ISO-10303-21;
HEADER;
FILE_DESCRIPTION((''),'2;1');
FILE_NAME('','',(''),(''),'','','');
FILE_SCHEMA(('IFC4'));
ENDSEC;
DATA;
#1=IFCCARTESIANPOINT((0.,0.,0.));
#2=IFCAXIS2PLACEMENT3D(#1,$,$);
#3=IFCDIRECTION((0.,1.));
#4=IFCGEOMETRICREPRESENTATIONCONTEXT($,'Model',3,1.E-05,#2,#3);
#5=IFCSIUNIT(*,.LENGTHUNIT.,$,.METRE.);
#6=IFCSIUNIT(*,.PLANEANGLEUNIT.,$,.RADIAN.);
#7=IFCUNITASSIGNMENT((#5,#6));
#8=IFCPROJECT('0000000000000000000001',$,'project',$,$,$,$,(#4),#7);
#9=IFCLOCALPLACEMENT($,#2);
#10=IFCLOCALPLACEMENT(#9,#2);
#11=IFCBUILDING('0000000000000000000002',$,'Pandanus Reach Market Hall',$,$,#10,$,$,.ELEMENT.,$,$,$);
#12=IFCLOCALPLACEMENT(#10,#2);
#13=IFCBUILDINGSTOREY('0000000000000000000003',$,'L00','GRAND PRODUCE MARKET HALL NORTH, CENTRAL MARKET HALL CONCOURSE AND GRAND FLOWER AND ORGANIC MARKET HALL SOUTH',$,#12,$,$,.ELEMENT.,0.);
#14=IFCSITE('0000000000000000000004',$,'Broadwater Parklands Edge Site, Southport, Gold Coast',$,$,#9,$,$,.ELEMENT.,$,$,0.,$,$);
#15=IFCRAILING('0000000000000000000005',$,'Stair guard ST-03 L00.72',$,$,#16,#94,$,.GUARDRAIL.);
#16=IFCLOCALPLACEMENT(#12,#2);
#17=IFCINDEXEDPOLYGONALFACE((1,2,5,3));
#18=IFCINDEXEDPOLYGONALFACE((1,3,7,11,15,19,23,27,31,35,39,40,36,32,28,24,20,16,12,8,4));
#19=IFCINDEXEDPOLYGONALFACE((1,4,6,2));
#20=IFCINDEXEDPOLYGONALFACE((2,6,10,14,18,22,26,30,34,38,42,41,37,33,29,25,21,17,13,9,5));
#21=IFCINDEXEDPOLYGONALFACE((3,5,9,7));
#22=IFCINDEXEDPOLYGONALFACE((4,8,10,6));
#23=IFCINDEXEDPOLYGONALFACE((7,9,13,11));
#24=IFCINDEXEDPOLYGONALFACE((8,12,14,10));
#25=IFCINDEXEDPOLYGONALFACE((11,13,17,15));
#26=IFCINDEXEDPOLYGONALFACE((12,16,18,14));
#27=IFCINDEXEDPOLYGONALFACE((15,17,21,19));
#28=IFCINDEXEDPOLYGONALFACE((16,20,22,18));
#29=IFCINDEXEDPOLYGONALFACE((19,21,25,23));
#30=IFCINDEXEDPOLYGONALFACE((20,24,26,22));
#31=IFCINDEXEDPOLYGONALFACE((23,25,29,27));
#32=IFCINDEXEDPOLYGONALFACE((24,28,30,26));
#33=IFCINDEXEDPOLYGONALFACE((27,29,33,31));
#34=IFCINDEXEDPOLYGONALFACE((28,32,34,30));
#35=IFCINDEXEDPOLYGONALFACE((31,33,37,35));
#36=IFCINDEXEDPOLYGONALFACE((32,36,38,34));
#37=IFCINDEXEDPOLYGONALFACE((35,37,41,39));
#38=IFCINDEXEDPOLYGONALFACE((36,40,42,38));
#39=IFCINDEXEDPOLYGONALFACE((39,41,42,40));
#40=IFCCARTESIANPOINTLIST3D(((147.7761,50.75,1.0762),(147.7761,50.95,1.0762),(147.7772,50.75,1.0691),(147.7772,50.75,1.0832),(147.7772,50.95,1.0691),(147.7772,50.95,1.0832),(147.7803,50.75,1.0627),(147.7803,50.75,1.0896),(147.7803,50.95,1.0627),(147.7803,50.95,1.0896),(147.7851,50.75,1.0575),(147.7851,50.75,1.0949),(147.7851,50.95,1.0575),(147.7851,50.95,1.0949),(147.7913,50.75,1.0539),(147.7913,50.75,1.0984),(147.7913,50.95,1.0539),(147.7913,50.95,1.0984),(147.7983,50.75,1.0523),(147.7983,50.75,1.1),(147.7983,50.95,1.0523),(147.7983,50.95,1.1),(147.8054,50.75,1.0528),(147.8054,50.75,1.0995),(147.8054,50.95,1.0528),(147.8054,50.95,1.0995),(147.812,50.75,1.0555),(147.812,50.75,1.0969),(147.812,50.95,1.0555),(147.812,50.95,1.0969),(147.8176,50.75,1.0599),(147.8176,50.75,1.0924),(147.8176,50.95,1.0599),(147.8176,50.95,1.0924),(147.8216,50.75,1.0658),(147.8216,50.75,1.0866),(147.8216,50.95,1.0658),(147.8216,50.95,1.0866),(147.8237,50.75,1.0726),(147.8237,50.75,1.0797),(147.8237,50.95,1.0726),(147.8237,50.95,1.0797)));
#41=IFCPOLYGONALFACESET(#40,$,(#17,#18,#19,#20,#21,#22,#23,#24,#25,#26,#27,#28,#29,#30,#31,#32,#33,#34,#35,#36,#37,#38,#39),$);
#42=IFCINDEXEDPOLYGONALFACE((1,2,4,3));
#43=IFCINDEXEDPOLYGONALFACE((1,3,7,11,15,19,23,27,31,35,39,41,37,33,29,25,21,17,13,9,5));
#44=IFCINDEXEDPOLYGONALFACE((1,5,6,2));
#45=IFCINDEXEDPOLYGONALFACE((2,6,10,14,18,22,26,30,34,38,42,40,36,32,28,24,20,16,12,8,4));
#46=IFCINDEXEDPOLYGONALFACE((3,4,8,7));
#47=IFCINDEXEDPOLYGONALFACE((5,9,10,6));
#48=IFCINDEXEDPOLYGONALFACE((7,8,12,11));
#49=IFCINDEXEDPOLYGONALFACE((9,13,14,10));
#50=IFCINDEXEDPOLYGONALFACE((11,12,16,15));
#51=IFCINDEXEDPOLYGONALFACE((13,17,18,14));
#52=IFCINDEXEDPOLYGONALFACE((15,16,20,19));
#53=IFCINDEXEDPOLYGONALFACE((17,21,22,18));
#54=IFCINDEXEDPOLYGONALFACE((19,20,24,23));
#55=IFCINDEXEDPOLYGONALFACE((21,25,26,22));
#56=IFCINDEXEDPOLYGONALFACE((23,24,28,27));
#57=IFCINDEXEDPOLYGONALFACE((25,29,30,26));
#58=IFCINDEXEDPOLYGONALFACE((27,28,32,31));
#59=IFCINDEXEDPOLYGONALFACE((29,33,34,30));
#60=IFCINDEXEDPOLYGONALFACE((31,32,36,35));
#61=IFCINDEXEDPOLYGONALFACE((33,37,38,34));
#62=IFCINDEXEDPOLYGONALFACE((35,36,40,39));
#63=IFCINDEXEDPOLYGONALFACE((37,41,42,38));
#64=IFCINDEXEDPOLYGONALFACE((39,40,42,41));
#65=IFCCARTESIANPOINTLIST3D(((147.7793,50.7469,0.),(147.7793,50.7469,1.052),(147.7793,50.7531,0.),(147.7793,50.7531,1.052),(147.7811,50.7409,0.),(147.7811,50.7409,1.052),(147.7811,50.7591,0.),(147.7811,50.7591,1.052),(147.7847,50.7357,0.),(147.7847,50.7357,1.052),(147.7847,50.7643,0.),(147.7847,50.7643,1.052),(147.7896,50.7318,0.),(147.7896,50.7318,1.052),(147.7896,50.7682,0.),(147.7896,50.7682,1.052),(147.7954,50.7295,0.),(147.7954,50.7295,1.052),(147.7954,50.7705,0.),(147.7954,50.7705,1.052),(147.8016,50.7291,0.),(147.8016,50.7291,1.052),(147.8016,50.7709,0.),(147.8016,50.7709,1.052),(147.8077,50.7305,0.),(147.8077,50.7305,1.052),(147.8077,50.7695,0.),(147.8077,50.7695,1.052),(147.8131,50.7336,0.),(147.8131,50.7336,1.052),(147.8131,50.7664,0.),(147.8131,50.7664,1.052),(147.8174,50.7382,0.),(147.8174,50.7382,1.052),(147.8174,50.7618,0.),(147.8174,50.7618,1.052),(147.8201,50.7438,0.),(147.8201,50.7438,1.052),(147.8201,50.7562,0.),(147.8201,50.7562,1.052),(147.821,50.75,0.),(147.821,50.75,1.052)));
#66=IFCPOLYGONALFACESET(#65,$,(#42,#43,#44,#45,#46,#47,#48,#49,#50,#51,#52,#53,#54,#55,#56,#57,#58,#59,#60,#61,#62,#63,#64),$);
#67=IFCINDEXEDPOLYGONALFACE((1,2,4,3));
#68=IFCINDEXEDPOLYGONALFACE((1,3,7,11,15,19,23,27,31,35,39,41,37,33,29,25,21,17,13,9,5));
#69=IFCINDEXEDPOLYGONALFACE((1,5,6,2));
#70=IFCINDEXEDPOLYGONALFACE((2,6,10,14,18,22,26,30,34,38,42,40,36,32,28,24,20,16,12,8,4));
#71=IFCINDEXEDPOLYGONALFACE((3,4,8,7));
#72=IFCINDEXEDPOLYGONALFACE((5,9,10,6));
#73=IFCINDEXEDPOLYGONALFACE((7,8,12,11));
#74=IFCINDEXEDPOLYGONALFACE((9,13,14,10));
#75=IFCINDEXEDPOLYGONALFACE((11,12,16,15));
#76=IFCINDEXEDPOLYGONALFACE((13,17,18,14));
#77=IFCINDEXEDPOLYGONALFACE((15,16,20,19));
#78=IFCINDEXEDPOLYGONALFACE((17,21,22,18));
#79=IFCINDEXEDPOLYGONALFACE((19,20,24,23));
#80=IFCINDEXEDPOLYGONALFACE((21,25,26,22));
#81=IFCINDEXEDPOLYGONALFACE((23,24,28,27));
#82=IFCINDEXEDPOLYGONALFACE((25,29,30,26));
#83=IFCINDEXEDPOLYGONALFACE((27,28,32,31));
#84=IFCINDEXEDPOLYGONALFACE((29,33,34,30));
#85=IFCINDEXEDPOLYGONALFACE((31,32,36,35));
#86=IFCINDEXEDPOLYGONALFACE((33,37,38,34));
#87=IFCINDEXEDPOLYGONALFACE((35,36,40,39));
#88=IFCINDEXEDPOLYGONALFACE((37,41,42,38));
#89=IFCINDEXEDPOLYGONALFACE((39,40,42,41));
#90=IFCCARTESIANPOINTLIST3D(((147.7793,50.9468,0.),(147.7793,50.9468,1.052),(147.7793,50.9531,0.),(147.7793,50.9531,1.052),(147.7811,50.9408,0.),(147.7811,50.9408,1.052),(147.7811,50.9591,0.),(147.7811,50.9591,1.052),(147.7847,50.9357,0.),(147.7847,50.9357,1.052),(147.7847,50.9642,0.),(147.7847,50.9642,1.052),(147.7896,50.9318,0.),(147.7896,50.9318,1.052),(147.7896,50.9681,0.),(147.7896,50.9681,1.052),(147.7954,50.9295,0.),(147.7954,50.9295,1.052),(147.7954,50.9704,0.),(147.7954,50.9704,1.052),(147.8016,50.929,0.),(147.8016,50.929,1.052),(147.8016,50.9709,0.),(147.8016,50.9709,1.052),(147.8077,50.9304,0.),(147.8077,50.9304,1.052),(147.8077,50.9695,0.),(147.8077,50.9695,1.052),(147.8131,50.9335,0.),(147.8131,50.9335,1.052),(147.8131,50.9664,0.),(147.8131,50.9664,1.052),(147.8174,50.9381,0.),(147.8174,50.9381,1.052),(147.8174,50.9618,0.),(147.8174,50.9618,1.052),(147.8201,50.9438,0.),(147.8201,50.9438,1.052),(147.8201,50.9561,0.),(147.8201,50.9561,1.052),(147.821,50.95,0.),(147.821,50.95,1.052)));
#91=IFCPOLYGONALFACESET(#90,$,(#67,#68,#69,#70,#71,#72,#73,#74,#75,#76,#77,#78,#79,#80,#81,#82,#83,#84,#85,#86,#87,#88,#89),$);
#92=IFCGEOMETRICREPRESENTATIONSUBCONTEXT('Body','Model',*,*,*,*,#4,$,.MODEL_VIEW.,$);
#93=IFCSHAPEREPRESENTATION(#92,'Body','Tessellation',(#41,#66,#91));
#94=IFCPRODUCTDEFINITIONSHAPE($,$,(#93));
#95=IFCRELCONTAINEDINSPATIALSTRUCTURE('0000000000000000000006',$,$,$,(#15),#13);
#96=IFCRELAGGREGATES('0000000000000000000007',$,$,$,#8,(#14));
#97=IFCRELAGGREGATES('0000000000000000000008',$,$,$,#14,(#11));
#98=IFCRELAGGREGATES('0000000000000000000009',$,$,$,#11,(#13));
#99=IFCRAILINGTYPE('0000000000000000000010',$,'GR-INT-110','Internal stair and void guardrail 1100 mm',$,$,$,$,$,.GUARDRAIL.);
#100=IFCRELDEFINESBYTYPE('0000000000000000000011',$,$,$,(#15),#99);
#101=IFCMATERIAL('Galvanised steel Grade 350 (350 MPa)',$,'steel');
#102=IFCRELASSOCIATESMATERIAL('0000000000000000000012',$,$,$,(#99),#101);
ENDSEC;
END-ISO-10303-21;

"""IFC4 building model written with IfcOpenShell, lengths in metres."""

from ifc_helpers import new_model, si_unit, direction, frame, origin, origin_2d, place, context, subcontext, project, spatial, circle, extrude, material, type_object, element, save


model = new_model("IFC4")

# Units and contexts
model_context = context("Model", 3, precision=1e-05, world=origin(), true_north=direction((0.0, 1.0)))
body_context = subcontext(model_context, "Body", "Model", "MODEL_VIEW")
ifc_project = project(units=[si_unit("LENGTHUNIT", "METRE"), si_unit("PLANEANGLEUNIT", "RADIAN")], contexts=[model_context])

# Site, building, storey
site_placement = place(None, origin())
site = spatial("IfcSite", under=ifc_project, at=site_placement, Name="Broadwater Parklands Edge Site, Southport, Gold Coast", CompositionType="ELEMENT", RefElevation=0.0)
building_placement = place(site_placement, origin())
building = spatial("IfcBuilding", under=site, at=building_placement, Name="Pandanus Reach Market Hall", CompositionType="ELEMENT")
storey_placement = place(building_placement, origin())
storey = spatial("IfcBuildingStorey", under=building, at=storey_placement, Name="L00", Description="GRAND PRODUCE MARKET HALL NORTH, CENTRAL MARKET HALL CONCOURSE AND GRAND FLOWER AND ORGANIC MARKET HALL SOUTH", CompositionType="ELEMENT", Elevation=0.0)

# Railing
ifc_material_1 = material(Name="Galvanised steel Grade 350 (350 MPa)", Category="steel")
railing_type_1 = type_object("IfcRailingType", Name="GR-INT-110", Description="Internal stair and void guardrail 1100 mm", PredefinedType="GUARDRAIL", material=ifc_material_1)
railing_1_placement = place(storey_placement, frame((147.8, 50.75, 0.0)))
element("IfcRailing", 1, at=railing_1_placement, inside=storey, type_object=railing_type_1, Name="Stair guard ST-03 L00.72", PredefinedType="GUARDRAIL", context=body_context, shape_type="SweptSolid", body=[
    extrude(circle(Radius=0.0239, at=origin_2d()), frame((0.0, 0.0, 1.0762), z_axis=(0.0, 1.0, 0.0), x_axis=(-1.0, 0.0, 0.0)), (0.0, 0.0, 1.0), 0.2),
    extrude(circle(Radius=0.021, at=origin_2d()), origin(), (0.0, 0.0, 1.0), 1.052),
    extrude(circle(Radius=0.021, at=origin_2d()), frame((0.0, 0.2, 0.0)), (0.0, 0.0, 1.0), 1.052),
])

save(model, "model.ifc")
